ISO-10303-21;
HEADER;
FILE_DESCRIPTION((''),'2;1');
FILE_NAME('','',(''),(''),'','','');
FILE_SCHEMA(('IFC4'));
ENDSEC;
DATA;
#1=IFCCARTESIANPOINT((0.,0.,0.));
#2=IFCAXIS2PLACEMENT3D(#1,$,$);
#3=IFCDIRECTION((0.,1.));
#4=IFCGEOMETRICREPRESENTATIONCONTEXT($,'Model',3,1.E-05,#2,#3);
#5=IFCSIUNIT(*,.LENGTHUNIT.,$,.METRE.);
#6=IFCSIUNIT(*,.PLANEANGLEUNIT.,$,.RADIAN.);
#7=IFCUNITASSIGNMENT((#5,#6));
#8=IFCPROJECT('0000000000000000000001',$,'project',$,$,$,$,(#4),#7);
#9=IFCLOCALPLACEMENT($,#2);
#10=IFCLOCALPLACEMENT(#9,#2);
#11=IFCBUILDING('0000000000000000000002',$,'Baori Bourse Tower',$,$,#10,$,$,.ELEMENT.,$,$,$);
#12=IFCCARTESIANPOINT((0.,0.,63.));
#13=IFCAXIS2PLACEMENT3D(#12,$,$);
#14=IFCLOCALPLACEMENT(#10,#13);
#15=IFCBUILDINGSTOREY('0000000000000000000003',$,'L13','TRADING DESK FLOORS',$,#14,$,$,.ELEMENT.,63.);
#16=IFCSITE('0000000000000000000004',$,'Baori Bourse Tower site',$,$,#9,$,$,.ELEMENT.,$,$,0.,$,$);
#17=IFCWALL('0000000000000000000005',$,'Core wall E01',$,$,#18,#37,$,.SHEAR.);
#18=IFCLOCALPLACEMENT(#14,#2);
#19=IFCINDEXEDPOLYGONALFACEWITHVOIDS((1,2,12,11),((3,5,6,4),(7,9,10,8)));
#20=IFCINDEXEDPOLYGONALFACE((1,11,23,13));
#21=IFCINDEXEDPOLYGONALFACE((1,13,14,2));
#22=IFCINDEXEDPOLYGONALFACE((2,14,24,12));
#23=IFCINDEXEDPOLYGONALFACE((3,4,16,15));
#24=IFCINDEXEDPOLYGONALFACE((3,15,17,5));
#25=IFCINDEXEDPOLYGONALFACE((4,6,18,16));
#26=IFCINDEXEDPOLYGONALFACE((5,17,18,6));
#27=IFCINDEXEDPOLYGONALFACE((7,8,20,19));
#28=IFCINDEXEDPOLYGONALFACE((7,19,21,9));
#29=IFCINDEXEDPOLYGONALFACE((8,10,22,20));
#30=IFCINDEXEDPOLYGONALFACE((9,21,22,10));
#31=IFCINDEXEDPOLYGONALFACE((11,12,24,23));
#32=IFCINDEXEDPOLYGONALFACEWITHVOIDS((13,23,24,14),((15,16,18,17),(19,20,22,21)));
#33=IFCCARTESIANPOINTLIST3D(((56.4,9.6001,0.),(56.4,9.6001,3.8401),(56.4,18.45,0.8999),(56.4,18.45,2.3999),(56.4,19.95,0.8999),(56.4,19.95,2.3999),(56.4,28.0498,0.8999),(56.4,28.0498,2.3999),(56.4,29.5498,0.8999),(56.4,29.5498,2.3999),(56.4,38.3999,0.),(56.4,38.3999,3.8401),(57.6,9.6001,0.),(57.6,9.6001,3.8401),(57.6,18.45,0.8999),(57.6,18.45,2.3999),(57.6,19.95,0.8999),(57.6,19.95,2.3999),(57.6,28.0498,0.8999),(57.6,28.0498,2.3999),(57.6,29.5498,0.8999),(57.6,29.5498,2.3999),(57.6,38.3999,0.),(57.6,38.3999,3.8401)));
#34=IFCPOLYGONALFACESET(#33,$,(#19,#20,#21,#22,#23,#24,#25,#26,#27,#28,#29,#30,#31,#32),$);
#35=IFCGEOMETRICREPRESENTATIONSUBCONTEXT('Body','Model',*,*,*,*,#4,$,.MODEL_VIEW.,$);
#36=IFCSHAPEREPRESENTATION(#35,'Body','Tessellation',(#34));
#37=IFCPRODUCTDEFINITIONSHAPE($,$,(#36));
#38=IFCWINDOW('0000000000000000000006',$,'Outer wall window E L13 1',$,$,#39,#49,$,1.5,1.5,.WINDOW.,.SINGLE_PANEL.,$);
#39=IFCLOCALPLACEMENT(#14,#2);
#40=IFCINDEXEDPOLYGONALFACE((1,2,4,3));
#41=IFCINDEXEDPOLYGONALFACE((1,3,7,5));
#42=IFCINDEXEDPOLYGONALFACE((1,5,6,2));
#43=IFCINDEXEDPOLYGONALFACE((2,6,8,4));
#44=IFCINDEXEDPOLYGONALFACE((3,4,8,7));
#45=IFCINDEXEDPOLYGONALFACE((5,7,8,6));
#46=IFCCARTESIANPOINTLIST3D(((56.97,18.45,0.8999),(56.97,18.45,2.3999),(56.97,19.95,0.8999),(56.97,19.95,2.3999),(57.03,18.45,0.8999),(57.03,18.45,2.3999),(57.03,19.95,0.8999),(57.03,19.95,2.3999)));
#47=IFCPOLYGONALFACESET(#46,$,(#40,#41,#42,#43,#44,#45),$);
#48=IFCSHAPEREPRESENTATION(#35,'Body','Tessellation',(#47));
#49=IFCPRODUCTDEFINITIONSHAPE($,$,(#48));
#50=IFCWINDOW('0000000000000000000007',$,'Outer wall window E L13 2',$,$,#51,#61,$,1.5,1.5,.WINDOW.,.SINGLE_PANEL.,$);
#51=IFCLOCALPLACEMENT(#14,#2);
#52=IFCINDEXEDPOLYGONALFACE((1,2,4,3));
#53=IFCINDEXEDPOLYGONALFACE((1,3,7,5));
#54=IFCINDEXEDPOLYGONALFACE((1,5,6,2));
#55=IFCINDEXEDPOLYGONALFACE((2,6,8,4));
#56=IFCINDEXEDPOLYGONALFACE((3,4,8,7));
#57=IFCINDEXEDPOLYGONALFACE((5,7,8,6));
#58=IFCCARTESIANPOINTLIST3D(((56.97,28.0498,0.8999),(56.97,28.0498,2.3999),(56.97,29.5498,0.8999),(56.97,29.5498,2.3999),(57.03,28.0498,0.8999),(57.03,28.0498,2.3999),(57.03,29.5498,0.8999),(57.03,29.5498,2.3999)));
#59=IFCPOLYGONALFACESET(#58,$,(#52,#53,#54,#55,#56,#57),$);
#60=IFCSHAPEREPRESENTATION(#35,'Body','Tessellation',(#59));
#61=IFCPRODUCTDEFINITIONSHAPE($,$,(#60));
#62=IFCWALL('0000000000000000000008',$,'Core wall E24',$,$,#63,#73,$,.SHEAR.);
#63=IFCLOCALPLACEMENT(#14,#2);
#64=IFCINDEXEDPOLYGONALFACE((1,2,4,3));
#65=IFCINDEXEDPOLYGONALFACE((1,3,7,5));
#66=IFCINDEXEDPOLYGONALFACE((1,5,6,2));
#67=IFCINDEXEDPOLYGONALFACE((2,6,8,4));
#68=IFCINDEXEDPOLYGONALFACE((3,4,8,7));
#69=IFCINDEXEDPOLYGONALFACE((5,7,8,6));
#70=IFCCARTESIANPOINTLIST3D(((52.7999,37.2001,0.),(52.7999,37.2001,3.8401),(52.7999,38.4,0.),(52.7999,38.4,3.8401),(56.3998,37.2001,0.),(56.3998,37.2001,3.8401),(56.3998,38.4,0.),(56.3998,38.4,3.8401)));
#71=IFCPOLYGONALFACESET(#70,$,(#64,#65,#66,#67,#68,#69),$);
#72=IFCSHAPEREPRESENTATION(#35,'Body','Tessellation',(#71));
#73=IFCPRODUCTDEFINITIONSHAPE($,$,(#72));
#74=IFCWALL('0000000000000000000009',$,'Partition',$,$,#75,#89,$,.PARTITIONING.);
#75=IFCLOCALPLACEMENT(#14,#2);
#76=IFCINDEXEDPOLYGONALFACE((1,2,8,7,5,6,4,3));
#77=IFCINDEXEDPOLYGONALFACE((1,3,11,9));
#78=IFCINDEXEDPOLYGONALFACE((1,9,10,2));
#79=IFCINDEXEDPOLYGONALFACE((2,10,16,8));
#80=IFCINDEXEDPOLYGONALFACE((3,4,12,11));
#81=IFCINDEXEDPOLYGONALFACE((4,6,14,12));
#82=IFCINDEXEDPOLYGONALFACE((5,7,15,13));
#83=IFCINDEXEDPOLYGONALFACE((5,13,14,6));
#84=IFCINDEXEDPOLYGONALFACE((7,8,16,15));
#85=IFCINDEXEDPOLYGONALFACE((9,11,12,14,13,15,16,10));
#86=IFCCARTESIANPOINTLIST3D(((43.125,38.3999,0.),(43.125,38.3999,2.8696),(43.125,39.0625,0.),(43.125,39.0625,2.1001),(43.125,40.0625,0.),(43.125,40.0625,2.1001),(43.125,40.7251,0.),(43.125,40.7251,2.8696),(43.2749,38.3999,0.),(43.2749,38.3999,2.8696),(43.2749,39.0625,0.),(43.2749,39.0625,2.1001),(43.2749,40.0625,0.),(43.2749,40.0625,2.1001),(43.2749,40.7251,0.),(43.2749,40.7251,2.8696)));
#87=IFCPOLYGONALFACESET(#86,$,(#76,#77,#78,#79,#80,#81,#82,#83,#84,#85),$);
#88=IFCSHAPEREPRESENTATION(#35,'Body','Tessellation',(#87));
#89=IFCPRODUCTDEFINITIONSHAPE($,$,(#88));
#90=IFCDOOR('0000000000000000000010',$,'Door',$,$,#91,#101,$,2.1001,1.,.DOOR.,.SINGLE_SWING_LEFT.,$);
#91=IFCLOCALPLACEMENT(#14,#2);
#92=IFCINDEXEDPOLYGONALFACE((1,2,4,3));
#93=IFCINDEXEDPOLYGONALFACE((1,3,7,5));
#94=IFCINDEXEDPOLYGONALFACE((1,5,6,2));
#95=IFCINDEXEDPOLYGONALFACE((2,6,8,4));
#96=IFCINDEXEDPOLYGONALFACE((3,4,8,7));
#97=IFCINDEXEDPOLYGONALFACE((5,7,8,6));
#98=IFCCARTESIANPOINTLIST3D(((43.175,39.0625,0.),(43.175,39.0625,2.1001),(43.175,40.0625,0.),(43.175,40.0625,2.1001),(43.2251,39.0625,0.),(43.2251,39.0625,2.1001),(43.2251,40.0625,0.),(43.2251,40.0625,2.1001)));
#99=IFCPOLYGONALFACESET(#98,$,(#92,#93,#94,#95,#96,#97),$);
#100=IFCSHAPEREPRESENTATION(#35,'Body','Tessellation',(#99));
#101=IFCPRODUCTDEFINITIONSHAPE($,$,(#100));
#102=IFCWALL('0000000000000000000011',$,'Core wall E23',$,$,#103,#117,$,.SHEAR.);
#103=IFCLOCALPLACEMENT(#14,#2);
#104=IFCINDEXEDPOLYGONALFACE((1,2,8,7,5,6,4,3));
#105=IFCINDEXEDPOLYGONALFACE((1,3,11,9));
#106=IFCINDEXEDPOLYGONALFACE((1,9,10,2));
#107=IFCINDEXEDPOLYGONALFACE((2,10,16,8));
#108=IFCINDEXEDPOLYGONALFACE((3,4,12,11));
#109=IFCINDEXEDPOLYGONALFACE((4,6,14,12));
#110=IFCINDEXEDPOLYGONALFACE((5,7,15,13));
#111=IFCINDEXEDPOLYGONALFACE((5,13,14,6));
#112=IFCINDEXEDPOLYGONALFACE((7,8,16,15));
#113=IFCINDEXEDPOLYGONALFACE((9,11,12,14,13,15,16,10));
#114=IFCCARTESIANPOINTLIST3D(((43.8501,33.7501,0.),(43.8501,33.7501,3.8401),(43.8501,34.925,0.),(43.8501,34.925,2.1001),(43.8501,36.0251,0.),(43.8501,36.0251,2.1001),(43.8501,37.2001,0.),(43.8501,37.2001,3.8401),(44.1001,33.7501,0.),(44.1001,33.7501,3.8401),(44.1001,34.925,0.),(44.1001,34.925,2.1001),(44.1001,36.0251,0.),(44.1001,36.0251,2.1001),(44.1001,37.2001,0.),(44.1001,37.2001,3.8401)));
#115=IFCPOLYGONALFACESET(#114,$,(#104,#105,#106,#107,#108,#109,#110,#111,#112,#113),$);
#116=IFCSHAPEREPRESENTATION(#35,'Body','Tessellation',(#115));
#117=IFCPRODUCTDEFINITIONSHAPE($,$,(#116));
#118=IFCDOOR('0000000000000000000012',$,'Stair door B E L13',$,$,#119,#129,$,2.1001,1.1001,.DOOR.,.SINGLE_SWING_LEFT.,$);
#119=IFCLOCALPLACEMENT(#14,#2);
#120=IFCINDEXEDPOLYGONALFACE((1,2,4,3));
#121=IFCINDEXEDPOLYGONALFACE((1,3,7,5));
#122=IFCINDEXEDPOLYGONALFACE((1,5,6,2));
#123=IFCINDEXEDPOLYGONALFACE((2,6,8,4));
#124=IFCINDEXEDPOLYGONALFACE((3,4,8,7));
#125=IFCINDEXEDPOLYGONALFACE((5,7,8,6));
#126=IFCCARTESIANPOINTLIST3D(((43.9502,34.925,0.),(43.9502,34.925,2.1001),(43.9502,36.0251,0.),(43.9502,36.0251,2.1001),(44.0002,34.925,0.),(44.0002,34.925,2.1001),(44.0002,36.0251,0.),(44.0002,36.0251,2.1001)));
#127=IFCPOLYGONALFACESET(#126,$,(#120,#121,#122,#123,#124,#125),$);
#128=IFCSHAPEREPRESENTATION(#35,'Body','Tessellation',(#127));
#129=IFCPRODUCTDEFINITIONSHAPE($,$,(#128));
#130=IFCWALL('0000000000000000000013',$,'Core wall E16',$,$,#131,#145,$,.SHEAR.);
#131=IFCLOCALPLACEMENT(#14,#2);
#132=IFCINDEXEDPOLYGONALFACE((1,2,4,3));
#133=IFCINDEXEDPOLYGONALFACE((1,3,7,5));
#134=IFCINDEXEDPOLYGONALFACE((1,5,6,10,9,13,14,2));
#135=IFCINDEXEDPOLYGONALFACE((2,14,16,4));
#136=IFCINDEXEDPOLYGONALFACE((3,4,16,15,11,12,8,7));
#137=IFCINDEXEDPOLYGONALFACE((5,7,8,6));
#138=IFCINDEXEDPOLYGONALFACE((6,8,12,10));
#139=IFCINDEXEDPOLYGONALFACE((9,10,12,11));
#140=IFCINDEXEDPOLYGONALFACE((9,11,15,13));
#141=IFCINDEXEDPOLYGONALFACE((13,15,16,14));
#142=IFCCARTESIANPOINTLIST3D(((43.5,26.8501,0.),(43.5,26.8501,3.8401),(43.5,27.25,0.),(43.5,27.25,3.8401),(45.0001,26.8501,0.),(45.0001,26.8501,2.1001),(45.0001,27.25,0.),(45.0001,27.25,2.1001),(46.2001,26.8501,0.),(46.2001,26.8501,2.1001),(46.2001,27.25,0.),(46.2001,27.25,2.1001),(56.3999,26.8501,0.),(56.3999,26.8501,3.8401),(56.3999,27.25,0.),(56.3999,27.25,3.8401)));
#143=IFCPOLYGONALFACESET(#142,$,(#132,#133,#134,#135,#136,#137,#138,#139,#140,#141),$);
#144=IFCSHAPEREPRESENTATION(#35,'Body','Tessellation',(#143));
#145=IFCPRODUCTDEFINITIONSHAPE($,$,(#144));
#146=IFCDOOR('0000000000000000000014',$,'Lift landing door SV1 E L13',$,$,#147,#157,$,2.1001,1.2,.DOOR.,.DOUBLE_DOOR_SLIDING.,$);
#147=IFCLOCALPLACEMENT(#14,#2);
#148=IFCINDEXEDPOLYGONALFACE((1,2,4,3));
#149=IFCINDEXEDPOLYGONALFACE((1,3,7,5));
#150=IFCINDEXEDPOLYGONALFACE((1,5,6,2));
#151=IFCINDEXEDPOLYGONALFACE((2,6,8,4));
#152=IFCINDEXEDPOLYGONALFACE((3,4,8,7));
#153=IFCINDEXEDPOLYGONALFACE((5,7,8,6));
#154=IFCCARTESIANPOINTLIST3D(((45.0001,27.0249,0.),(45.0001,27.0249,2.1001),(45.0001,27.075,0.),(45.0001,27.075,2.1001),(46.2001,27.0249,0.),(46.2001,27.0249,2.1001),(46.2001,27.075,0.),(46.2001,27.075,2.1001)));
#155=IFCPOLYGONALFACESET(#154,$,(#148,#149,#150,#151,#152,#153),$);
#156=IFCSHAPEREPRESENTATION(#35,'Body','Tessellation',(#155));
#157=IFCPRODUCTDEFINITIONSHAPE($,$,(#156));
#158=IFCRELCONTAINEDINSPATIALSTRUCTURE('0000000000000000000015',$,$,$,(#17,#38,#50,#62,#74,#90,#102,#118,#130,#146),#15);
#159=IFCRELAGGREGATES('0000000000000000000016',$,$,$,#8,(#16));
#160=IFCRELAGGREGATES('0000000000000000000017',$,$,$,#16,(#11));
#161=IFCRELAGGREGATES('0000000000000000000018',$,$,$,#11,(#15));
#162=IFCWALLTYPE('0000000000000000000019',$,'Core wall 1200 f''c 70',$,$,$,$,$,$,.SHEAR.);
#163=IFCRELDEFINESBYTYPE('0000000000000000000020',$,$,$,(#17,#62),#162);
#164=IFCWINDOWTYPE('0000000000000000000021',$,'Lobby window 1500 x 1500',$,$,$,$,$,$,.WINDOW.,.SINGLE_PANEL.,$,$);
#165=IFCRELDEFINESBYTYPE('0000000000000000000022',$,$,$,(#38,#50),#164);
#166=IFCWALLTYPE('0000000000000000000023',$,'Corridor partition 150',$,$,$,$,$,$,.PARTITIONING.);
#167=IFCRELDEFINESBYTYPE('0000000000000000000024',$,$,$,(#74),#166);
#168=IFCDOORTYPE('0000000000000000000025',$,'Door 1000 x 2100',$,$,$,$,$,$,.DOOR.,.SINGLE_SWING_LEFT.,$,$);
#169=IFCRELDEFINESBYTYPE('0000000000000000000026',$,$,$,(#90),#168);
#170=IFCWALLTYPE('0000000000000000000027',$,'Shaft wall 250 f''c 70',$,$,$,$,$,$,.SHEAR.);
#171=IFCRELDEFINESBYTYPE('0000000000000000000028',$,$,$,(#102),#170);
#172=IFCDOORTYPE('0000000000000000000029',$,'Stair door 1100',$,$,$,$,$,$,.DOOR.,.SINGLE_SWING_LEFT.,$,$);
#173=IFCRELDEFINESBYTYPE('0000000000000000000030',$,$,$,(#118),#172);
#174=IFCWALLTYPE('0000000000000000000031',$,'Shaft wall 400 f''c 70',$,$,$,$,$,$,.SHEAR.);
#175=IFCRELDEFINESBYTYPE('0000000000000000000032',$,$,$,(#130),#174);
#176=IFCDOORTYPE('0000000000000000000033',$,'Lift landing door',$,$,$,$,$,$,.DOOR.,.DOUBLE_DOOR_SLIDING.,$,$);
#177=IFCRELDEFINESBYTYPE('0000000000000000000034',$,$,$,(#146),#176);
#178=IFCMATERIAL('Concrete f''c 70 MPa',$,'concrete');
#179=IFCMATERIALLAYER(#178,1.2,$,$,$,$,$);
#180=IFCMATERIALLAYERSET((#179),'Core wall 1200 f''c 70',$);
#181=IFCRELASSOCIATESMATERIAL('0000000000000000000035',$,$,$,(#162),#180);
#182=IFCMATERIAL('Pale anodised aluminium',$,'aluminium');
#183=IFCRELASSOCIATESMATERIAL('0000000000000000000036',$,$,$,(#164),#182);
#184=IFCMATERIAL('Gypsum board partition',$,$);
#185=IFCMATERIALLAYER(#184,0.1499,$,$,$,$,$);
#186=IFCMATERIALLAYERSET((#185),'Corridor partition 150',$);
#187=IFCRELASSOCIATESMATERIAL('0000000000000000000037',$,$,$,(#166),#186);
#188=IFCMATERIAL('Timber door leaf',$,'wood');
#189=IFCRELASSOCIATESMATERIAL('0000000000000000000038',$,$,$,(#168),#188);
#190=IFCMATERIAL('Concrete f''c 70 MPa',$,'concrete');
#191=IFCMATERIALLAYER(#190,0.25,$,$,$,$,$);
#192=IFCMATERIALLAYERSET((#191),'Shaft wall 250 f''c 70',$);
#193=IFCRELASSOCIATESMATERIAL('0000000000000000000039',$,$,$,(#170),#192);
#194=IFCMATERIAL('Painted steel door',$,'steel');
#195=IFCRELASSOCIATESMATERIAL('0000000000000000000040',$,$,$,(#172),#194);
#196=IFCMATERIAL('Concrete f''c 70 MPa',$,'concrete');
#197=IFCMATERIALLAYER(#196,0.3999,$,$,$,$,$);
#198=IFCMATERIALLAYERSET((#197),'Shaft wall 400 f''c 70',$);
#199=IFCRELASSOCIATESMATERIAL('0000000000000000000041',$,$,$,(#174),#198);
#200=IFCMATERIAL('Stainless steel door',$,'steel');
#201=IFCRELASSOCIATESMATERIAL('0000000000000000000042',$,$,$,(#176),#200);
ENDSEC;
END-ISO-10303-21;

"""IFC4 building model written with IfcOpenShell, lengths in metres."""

from ifc_helpers import new_model, si_unit, direction, frame, frame_2d, origin, place, context, subcontext, project, spatial, rectangle, extrude, material, layer, layer_set, type_object, element, fill, save


model = new_model("IFC4")

# Units and contexts
model_context = context("Model", 3, precision=1e-05, world=origin(), true_north=direction((0.0, 1.0)))
body_context = subcontext(model_context, "Body", "Model", "MODEL_VIEW")
ifc_project = project(units=[si_unit("LENGTHUNIT", "METRE"), si_unit("PLANEANGLEUNIT", "RADIAN")], contexts=[model_context])

# Site, building, storey
site_placement = place(None, origin())
site = spatial("IfcSite", under=ifc_project, at=site_placement, Name="Baori Bourse Tower site", CompositionType="ELEMENT", RefElevation=0.0)
building_placement = place(site_placement, origin())
building = spatial("IfcBuilding", under=site, at=building_placement, Name="Baori Bourse Tower", CompositionType="ELEMENT")
storey_placement = place(building_placement, frame((0.0, 0.0, 63.0)))
storey = spatial("IfcBuildingStorey", under=building, at=storey_placement, Name="L13", Description="TRADING DESK FLOORS", CompositionType="ELEMENT", Elevation=63.0)

# Wall, openings, windows
ifc_material_1 = material(Name="Concrete f'c 70 MPa", Category="concrete")
ifc_layer_1 = layer(ifc_material_1, 1.2)
ifc_layer_set_1 = layer_set([ifc_layer_1], Name="Core wall 1200 f'c 70")
wall_type_1 = type_object("IfcWallType", Name="Core wall 1200 f'c 70", PredefinedType="SHEAR", material=ifc_layer_set_1)
wall_1_placement = place(storey_placement, frame((57.0, 38.3999, 0.0), z_axis=(0.0, 0.0, 1.0), x_axis=(0.0, -1.0, 0.0)))
wall_1 = element("IfcWall", 1, at=wall_1_placement, inside=storey, type_object=wall_type_1, Name="Core wall E01", PredefinedType="SHEAR", context=body_context, shape_type="SweptSolid", body=[
    extrude(rectangle(XDim=28.7998, YDim=1.2, at=frame_2d((14.3999, 0.0))), origin(), (0.0, 0.0, 1.0), 3.8401),
])
opening_1_placement = place(wall_1_placement, frame((18.45, 0.0, 0.8999)))
opening_1 = element("IfcOpeningElement", 2, at=opening_1_placement, cuts=wall_1, PredefinedType="OPENING", context=body_context, shape_type="SweptSolid", body=[
    extrude(rectangle(XDim=1.5, YDim=1.5, at=frame_2d((0.75, 0.75))), frame((0.0, 0.6099, 0.0), z_axis=(0.0, -1.0, 0.0), x_axis=(1.0, 0.0, 0.0)), (0.0, 0.0, 1.0), 1.22),
])
opening_2_placement = place(wall_1_placement, frame((8.8501, 0.0, 0.8999)))
opening_2 = element("IfcOpeningElement", 3, at=opening_2_placement, cuts=wall_1, PredefinedType="OPENING", context=body_context, shape_type="SweptSolid", body=[
    extrude(rectangle(XDim=1.5, YDim=1.5, at=frame_2d((0.75, 0.75))), frame((0.0, 0.6099, 0.0), z_axis=(0.0, -1.0, 0.0), x_axis=(1.0, 0.0, 0.0)), (0.0, 0.0, 1.0), 1.22),
])
ifc_material_2 = material(Name="Pale anodised aluminium", Category="aluminium")
window_type = type_object("IfcWindowType", Name="Lobby window 1500 x 1500", PartitioningType="SINGLE_PANEL", PredefinedType="WINDOW", material=ifc_material_2)
window_1_placement = place(opening_1_placement, origin())
window_1 = element("IfcWindow", 4, at=window_1_placement, inside=storey, type_object=window_type, Name="Outer wall window E L13 1", OverallHeight=1.5, OverallWidth=1.5, PartitioningType="SINGLE_PANEL", PredefinedType="WINDOW", context=body_context, shape_type="SweptSolid", body=[
    extrude(rectangle(XDim=1.5, YDim=1.5, at=frame_2d((0.75, 0.75))), frame((0.0, 0.03, 0.0), z_axis=(0.0, -1.0, 0.0), x_axis=(1.0, 0.0, 0.0)), (0.0, 0.0, 1.0), 0.0601),
])
fill(opening_1, window_1)
window_2_placement = place(opening_2_placement, origin())
window_2 = element("IfcWindow", 5, at=window_2_placement, inside=storey, type_object=window_type, Name="Outer wall window E L13 2", OverallHeight=1.5, OverallWidth=1.5, PartitioningType="SINGLE_PANEL", PredefinedType="WINDOW", context=body_context, shape_type="SweptSolid", body=[
    extrude(rectangle(XDim=1.5, YDim=1.5, at=frame_2d((0.75, 0.75))), frame((0.0, 0.03, 0.0), z_axis=(0.0, -1.0, 0.0), x_axis=(1.0, 0.0, 0.0)), (0.0, 0.0, 1.0), 0.0601),
])
fill(opening_2, window_2)

# Wall
wall_2_placement = place(storey_placement, frame((52.8, 37.8, 0.0), z_axis=(0.0, 0.0, 1.0), x_axis=(1.0, 0.0, 0.0)))
element("IfcWall", 6, at=wall_2_placement, inside=storey, type_object=wall_type_1, Name="Core wall E24", PredefinedType="SHEAR", context=body_context, shape_type="SweptSolid", body=[
    extrude(rectangle(XDim=3.5999, YDim=1.2, at=frame_2d((1.7998, 0.0))), origin(), (0.0, 0.0, 1.0), 3.8401),
])

# Walls, openings, doors
ifc_material_3 = material(Name="Gypsum board partition")
ifc_layer_2 = layer(ifc_material_3, 0.1499)
ifc_layer_set_2 = layer_set([ifc_layer_2], Name="Corridor partition 150")
wall_type_2 = type_object("IfcWallType", Name="Corridor partition 150", PredefinedType="PARTITIONING", material=ifc_layer_set_2)
wall_3_placement = place(storey_placement, frame((43.2, 38.3999, 0.0), z_axis=(0.0, 0.0, 1.0), x_axis=(0.0, 1.0, 0.0)))
wall_3 = element("IfcWall", 7, at=wall_3_placement, inside=storey, type_object=wall_type_2, Name="Partition", PredefinedType="PARTITIONING", context=body_context, shape_type="SweptSolid", body=[
    extrude(rectangle(XDim=2.3252, YDim=0.1499, at=frame_2d((1.1626, 0.0))), origin(), (0.0, 0.0, 1.0), 2.8696),
])
opening_3_placement = place(wall_3_placement, frame((0.6626, 0.0, 0.0)))
opening_3 = element("IfcOpeningElement", 8, at=opening_3_placement, cuts=wall_3, PredefinedType="OPENING", context=body_context, shape_type="SweptSolid", body=[
    extrude(rectangle(XDim=1.0, YDim=2.1001, at=frame_2d((0.5, 1.05))), frame((0.0, 0.085, 0.0), z_axis=(0.0, -1.0, 0.0), x_axis=(1.0, 0.0, 0.0)), (0.0, 0.0, 1.0), 0.1699),
])
ifc_material_4 = material(Name="Timber door leaf", Category="wood")
door_type_1 = type_object("IfcDoorType", Name="Door 1000 x 2100", OperationType="SINGLE_SWING_LEFT", PredefinedType="DOOR", material=ifc_material_4)
door_1_placement = place(opening_3_placement, origin())
door_1 = element("IfcDoor", 9, at=door_1_placement, inside=storey, type_object=door_type_1, Name="Door", OperationType="SINGLE_SWING_LEFT", OverallHeight=2.1001, OverallWidth=1.0, PredefinedType="DOOR", context=body_context, shape_type="SweptSolid", body=[
    extrude(rectangle(XDim=1.0, YDim=2.1001, at=frame_2d((0.5, 1.05))), frame((0.0, 0.0249, 0.0), z_axis=(0.0, -1.0, 0.0), x_axis=(1.0, 0.0, 0.0)), (0.0, 0.0, 1.0), 0.05),
])
fill(opening_3, door_1)
ifc_material_5 = material(Name="Concrete f'c 70 MPa", Category="concrete")
ifc_layer_3 = layer(ifc_material_5, 0.25)
ifc_layer_set_3 = layer_set([ifc_layer_3], Name="Shaft wall 250 f'c 70")
wall_type_3 = type_object("IfcWallType", Name="Shaft wall 250 f'c 70", PredefinedType="SHEAR", material=ifc_layer_set_3)
wall_4_placement = place(storey_placement, frame((43.9751, 33.75, 0.0), z_axis=(0.0, 0.0, 1.0), x_axis=(0.0, 1.0, 0.0)))
wall_4 = element("IfcWall", 10, at=wall_4_placement, inside=storey, type_object=wall_type_3, Name="Core wall E23", PredefinedType="SHEAR", context=body_context, shape_type="SweptSolid", body=[
    extrude(rectangle(XDim=3.45, YDim=0.25, at=frame_2d((1.7251, 0.0))), origin(), (0.0, 0.0, 1.0), 3.8401),
])
opening_4_placement = place(wall_4_placement, frame((1.175, 0.0, 0.0)))
opening_4 = element("IfcOpeningElement", 11, at=opening_4_placement, cuts=wall_4, PredefinedType="OPENING", context=body_context, shape_type="SweptSolid", body=[
    extrude(rectangle(XDim=1.1001, YDim=2.1001, at=frame_2d((0.55, 1.05))), frame((0.0, 0.135, 0.0), z_axis=(0.0, -1.0, 0.0), x_axis=(1.0, 0.0, 0.0)), (0.0, 0.0, 1.0), 0.27),
])
ifc_material_6 = material(Name="Painted steel door", Category="steel")
door_type_2 = type_object("IfcDoorType", Name="Stair door 1100", OperationType="SINGLE_SWING_LEFT", PredefinedType="DOOR", material=ifc_material_6)
door_2_placement = place(opening_4_placement, origin())
door_2 = element("IfcDoor", 12, at=door_2_placement, inside=storey, type_object=door_type_2, Name="Stair door B E L13", OperationType="SINGLE_SWING_LEFT", OverallHeight=2.1001, OverallWidth=1.1001, PredefinedType="DOOR", context=body_context, shape_type="SweptSolid", body=[
    extrude(rectangle(XDim=1.1001, YDim=2.1001, at=frame_2d((0.55, 1.05))), frame((0.0, 0.0249, 0.0), z_axis=(0.0, -1.0, 0.0), x_axis=(1.0, 0.0, 0.0)), (0.0, 0.0, 1.0), 0.05),
])
fill(opening_4, door_2)
ifc_material_7 = material(Name="Concrete f'c 70 MPa", Category="concrete")
ifc_layer_4 = layer(ifc_material_7, 0.3999)
ifc_layer_set_4 = layer_set([ifc_layer_4], Name="Shaft wall 400 f'c 70")
wall_type_4 = type_object("IfcWallType", Name="Shaft wall 400 f'c 70", PredefinedType="SHEAR", material=ifc_layer_set_4)
wall_5_placement = place(storey_placement, frame((43.5, 27.05, 0.0), z_axis=(0.0, 0.0, 1.0), x_axis=(1.0, 0.0, 0.0)))
wall_5 = element("IfcWall", 13, at=wall_5_placement, inside=storey, type_object=wall_type_4, Name="Core wall E16", PredefinedType="SHEAR", context=body_context, shape_type="SweptSolid", body=[
    extrude(rectangle(XDim=12.8999, YDim=0.3999, at=frame_2d((6.45, 0.0))), origin(), (0.0, 0.0, 1.0), 3.8401),
])
opening_5_placement = place(wall_5_placement, frame((1.5, 0.0, 0.0)))
opening_5 = element("IfcOpeningElement", 14, at=opening_5_placement, cuts=wall_5, PredefinedType="OPENING", context=body_context, shape_type="SweptSolid", body=[
    extrude(rectangle(XDim=1.2, YDim=2.1001, at=frame_2d((0.6001, 1.05))), frame((0.0, 0.21, 0.0), z_axis=(0.0, -1.0, 0.0), x_axis=(1.0, 0.0, 0.0)), (0.0, 0.0, 1.0), 0.4199),
])
ifc_material_8 = material(Name="Stainless steel door", Category="steel")
door_type_3 = type_object("IfcDoorType", Name="Lift landing door", OperationType="DOUBLE_DOOR_SLIDING", PredefinedType="DOOR", material=ifc_material_8)
door_3_placement = place(opening_5_placement, origin())
door_3 = element("IfcDoor", 15, at=door_3_placement, inside=storey, type_object=door_type_3, Name="Lift landing door SV1 E L13", OperationType="DOUBLE_DOOR_SLIDING", OverallHeight=2.1001, OverallWidth=1.2, PredefinedType="DOOR", context=body_context, shape_type="SweptSolid", body=[
    extrude(rectangle(XDim=1.2, YDim=2.1001, at=frame_2d((0.6001, 1.05))), frame((0.0, 0.0249, 0.0), z_axis=(0.0, -1.0, 0.0), x_axis=(1.0, 0.0, 0.0)), (0.0, 0.0, 1.0), 0.05),
])
fill(opening_5, door_3)

save(model, "model.ifc")
